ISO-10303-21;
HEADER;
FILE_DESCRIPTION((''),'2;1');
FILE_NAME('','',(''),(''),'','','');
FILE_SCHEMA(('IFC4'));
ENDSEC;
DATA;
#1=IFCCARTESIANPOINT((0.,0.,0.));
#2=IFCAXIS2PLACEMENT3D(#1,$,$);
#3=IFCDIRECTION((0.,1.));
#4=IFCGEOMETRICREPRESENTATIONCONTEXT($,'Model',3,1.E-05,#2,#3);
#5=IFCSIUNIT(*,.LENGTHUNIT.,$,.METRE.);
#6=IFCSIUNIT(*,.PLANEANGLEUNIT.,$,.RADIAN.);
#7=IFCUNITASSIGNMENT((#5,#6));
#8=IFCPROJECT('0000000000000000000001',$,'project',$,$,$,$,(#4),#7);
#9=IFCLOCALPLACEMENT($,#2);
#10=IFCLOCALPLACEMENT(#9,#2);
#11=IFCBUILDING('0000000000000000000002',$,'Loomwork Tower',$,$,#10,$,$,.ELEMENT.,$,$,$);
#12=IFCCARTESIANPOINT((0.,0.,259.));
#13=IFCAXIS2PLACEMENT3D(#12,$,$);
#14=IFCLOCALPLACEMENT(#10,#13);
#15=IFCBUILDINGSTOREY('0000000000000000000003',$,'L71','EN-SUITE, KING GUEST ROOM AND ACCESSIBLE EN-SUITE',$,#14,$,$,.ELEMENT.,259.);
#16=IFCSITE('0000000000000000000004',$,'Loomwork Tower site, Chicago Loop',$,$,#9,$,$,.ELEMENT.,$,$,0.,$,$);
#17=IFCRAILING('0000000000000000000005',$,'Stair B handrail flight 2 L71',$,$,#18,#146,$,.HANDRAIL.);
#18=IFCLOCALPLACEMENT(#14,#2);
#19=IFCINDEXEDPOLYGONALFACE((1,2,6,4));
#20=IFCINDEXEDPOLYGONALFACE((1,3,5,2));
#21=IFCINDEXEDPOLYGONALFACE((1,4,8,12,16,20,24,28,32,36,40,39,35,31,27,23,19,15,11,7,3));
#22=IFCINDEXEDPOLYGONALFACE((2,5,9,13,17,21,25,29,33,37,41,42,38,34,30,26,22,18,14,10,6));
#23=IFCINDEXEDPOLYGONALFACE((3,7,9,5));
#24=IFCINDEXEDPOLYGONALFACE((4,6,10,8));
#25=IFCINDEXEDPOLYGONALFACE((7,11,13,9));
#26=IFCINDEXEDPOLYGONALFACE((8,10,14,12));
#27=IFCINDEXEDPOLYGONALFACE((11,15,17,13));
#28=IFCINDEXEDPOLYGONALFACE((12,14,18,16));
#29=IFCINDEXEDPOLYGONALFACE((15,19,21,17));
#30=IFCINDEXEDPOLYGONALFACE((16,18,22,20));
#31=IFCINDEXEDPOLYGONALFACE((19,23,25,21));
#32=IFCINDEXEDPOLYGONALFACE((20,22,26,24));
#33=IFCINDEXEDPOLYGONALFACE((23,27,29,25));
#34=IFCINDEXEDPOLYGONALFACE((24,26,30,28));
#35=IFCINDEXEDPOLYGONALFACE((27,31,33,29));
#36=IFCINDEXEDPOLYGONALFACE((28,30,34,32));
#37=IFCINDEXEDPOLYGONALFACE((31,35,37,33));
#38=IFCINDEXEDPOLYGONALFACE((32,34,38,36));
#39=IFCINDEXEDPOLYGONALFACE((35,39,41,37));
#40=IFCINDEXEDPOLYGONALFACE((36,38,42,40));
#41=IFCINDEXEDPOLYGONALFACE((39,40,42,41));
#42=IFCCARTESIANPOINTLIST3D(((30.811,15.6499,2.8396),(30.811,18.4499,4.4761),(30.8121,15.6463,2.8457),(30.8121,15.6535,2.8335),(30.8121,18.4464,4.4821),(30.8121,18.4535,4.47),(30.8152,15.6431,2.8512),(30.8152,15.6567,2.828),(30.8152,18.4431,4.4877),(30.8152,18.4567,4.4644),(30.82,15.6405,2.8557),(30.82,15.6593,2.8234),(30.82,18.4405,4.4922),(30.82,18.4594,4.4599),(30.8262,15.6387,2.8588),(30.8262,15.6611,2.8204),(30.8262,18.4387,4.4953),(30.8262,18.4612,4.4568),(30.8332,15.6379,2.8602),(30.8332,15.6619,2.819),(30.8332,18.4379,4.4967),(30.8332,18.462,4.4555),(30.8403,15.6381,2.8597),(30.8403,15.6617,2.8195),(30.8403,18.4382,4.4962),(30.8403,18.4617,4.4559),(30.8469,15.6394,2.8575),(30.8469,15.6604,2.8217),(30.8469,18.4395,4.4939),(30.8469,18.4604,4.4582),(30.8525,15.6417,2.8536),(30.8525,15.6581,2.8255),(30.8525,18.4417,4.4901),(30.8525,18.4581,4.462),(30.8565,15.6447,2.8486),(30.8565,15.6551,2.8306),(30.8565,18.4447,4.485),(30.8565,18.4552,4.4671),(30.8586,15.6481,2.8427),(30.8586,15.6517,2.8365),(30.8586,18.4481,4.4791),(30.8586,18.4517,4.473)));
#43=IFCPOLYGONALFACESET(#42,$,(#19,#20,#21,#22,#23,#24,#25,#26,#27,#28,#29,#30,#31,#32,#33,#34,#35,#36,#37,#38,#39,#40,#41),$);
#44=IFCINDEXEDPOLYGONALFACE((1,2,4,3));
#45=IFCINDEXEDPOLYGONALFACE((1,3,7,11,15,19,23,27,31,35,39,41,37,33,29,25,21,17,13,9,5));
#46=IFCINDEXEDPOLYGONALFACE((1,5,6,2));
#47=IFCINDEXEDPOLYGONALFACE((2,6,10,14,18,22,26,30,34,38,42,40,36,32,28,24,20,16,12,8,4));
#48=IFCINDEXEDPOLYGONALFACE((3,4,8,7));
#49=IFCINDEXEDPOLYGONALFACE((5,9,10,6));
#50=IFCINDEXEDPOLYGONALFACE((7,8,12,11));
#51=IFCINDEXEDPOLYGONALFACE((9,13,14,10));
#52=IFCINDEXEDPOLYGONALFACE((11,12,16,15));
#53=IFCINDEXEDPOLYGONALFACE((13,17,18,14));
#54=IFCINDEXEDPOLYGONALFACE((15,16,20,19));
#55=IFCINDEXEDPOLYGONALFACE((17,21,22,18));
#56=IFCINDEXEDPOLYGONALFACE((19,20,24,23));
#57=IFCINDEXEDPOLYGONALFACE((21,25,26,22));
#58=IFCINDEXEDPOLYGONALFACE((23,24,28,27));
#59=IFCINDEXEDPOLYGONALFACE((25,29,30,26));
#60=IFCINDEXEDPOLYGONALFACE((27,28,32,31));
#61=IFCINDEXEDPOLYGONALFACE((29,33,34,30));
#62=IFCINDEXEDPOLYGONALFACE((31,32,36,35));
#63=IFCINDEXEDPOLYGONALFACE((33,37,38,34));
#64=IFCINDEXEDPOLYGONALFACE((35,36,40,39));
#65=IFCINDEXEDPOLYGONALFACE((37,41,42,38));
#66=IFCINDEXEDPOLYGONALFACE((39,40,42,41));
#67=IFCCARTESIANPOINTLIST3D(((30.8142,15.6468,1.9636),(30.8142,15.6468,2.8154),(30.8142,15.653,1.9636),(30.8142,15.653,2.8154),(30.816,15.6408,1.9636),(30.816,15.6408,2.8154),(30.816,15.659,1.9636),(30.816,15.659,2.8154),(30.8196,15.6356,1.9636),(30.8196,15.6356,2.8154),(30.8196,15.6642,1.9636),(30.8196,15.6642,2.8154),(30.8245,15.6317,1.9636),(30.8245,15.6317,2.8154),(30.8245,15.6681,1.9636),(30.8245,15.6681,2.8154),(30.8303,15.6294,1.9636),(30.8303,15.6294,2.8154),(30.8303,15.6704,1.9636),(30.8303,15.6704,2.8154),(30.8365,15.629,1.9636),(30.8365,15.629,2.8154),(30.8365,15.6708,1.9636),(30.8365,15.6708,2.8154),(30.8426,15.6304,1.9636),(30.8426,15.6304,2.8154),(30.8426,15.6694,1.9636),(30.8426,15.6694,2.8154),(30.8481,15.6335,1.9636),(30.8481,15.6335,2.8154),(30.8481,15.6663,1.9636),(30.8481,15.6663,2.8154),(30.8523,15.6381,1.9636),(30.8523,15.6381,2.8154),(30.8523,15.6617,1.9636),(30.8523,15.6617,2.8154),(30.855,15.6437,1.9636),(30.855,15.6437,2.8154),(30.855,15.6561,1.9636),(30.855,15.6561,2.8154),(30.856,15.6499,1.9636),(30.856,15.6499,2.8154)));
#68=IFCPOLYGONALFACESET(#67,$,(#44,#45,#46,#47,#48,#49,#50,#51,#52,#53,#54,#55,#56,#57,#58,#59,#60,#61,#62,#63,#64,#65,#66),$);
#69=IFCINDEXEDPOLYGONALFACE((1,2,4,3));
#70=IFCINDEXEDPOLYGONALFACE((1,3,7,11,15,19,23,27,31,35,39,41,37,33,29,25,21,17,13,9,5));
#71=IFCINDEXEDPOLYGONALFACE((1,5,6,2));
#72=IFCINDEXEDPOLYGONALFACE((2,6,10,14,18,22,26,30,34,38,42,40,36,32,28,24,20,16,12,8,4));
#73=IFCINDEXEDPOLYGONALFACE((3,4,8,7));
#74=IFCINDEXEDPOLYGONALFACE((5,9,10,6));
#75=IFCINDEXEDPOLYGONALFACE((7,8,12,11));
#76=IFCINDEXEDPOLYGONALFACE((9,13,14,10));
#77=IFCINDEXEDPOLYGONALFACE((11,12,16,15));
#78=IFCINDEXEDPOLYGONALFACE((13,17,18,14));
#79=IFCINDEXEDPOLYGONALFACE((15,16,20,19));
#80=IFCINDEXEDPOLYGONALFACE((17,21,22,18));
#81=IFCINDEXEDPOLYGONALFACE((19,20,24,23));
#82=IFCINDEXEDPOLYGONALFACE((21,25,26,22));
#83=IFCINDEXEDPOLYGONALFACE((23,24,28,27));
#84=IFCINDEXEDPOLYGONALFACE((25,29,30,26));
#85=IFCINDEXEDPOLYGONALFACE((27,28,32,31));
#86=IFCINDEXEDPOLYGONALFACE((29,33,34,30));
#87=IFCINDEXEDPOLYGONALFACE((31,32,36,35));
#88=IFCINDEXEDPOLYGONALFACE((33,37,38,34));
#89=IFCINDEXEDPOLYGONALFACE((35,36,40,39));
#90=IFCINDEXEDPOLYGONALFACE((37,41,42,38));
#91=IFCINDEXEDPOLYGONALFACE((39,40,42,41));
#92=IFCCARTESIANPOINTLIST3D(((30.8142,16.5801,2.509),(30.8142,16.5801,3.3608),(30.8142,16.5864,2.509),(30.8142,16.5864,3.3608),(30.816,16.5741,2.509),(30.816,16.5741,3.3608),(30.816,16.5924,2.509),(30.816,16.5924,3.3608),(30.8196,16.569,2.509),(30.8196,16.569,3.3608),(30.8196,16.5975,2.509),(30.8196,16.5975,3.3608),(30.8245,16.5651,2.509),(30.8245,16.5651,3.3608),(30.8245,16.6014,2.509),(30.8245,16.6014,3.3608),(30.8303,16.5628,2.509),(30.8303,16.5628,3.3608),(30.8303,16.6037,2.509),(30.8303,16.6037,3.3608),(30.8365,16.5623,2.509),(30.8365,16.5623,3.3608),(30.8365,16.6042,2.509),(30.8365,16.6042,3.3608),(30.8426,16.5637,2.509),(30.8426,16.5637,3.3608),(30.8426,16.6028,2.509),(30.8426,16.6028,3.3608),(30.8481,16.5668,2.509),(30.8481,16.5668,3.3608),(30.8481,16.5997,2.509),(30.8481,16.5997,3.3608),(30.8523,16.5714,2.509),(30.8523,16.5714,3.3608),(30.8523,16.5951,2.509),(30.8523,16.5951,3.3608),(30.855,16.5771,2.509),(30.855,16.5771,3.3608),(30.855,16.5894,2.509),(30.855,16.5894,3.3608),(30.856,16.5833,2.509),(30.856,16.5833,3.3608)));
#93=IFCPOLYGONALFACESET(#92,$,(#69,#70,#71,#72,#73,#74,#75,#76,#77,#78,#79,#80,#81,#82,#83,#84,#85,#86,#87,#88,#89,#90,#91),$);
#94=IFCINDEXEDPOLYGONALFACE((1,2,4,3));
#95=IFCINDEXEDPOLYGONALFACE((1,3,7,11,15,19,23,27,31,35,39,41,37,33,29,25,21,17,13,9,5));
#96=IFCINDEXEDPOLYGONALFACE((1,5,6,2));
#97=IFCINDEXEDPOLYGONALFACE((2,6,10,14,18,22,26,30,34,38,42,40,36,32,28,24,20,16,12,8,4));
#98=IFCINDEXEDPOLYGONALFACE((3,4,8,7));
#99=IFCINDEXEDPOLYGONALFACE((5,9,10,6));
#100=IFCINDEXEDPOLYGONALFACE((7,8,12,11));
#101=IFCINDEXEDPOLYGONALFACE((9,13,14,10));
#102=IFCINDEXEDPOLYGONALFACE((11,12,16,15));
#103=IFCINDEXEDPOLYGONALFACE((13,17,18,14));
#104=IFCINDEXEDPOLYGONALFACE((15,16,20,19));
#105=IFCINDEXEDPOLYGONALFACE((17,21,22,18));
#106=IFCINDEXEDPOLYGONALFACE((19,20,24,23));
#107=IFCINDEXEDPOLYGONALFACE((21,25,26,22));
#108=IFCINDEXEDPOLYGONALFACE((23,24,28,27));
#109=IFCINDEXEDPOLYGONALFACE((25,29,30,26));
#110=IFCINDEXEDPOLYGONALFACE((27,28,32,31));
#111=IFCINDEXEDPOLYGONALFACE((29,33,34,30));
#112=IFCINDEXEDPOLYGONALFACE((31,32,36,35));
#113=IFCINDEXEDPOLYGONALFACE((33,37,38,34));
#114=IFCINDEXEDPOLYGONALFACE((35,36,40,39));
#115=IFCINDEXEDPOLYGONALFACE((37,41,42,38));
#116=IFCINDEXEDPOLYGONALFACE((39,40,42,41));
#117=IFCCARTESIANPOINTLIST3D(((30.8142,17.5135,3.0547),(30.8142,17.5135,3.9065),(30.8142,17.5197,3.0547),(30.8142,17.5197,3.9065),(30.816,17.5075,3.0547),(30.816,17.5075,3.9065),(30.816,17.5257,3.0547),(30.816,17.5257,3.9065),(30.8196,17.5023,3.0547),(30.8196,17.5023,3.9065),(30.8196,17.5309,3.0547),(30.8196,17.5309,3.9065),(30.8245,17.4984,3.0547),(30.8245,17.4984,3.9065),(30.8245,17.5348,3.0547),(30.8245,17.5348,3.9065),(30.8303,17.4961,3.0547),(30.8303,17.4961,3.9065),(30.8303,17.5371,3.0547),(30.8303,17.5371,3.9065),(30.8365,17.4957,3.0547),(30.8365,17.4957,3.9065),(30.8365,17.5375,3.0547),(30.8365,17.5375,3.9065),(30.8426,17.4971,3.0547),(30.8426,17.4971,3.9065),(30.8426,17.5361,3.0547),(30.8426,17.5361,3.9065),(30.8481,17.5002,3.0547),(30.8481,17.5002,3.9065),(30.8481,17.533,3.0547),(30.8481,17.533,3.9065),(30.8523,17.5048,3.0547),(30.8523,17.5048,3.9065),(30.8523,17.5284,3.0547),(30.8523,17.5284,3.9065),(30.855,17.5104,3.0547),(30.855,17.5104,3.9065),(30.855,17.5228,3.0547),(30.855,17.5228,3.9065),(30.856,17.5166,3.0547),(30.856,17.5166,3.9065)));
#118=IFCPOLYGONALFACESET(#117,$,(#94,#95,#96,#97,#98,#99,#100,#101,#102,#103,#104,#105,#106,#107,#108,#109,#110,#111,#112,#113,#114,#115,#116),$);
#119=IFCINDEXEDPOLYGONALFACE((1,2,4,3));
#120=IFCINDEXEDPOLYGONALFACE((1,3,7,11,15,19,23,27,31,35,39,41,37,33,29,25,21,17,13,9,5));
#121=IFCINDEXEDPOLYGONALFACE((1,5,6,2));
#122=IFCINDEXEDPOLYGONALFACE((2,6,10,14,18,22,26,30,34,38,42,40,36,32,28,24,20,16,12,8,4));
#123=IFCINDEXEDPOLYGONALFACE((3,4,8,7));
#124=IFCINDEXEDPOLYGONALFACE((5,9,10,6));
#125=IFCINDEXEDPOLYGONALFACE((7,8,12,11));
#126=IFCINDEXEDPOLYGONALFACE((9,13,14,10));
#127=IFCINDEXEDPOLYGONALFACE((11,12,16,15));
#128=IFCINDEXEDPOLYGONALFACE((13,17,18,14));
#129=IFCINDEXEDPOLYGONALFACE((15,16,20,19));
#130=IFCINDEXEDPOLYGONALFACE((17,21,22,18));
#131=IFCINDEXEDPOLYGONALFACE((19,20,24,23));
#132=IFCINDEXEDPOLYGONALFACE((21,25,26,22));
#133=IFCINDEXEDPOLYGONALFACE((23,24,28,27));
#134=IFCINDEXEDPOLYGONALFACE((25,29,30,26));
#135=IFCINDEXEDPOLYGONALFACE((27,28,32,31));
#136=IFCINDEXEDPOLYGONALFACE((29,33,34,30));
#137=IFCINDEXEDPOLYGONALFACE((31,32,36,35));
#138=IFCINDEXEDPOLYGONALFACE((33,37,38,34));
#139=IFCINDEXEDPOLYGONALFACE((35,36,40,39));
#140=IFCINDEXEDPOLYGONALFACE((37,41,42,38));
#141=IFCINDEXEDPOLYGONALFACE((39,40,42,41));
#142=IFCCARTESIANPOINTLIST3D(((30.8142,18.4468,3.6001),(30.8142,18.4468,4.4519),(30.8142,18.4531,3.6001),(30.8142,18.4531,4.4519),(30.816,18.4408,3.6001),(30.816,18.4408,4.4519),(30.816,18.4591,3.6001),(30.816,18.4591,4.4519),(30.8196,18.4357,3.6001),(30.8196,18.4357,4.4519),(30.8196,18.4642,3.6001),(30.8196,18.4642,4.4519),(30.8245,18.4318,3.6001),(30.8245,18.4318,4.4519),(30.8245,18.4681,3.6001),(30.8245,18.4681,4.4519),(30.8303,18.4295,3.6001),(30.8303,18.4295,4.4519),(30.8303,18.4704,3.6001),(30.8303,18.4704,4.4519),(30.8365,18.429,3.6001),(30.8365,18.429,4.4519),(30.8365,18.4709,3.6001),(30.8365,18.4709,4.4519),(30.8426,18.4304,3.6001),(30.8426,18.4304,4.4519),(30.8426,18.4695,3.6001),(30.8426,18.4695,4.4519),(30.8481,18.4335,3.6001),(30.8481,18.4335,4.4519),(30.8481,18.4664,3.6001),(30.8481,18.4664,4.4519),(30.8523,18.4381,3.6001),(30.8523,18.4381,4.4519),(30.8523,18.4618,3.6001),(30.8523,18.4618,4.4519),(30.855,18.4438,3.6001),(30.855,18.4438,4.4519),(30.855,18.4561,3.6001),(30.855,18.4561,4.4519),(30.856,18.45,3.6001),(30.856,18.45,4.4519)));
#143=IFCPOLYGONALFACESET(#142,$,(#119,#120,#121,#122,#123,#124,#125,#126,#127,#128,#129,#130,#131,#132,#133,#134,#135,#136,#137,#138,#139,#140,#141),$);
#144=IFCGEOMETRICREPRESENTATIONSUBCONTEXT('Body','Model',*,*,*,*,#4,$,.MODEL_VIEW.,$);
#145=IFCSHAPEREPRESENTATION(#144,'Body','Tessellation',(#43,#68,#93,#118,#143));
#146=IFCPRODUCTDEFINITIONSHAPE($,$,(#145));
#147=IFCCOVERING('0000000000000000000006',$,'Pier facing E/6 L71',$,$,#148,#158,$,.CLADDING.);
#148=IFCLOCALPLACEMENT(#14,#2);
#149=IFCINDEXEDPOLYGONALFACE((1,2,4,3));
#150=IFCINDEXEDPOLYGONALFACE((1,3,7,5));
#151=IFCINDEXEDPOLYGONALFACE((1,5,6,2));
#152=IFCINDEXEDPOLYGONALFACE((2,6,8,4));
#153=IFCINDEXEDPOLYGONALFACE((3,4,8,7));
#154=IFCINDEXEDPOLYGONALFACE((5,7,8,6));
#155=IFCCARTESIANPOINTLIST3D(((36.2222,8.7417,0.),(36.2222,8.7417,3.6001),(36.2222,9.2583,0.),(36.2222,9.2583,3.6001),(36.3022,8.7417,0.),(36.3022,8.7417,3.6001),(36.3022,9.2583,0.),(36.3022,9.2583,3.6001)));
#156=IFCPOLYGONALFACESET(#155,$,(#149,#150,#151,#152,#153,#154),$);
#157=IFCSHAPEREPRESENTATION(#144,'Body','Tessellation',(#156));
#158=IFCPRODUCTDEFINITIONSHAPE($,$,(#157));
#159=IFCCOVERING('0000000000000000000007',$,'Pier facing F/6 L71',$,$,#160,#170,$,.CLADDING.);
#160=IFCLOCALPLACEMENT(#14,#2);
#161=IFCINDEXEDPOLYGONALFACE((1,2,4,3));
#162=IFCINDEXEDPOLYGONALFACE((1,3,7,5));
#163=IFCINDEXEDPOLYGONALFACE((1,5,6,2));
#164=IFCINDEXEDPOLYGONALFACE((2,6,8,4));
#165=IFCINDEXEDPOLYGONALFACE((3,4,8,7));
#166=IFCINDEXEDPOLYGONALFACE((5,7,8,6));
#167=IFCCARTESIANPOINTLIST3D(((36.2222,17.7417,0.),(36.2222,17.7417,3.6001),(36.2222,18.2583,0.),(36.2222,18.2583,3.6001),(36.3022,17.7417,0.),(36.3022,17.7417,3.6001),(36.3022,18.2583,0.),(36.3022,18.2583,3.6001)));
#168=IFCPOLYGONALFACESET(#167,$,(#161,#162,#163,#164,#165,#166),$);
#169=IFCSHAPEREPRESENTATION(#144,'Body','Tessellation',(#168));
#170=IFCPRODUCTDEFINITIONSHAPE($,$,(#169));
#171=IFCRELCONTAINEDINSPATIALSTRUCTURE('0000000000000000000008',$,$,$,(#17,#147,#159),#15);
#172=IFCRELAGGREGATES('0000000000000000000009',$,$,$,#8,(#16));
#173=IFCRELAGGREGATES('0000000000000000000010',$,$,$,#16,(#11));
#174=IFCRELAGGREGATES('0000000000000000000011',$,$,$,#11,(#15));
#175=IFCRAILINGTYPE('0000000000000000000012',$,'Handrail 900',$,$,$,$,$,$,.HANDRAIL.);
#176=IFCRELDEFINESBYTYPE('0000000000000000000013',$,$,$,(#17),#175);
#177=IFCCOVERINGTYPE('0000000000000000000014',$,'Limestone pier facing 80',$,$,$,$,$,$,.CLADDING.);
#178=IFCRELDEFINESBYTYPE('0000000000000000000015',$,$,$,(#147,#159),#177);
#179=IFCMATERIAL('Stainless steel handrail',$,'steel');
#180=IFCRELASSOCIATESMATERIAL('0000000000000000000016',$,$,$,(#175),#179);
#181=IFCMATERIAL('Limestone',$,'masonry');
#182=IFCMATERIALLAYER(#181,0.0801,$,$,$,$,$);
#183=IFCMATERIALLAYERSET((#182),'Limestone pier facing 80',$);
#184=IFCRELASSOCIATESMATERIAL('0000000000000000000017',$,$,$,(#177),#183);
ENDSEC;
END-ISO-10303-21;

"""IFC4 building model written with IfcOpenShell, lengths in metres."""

from ifc_helpers import new_model, si_unit, direction, frame, origin, origin_2d, place, context, subcontext, project, spatial, rectangle, circle, extrude, material, layer, layer_set, type_object, element, save


model = new_model("IFC4")

# Units and contexts
model_context = context("Model", 3, precision=1e-05, world=origin(), true_north=direction((0.0, 1.0)))
body_context = subcontext(model_context, "Body", "Model", "MODEL_VIEW")
ifc_project = project(units=[si_unit("LENGTHUNIT", "METRE"), si_unit("PLANEANGLEUNIT", "RADIAN")], contexts=[model_context])

# Site, building, storey
site_placement = place(None, origin())
site = spatial("IfcSite", under=ifc_project, at=site_placement, Name="Loomwork Tower site, Chicago Loop", CompositionType="ELEMENT", RefElevation=0.0)
building_placement = place(site_placement, origin())
building = spatial("IfcBuilding", under=site, at=building_placement, Name="Loomwork Tower", CompositionType="ELEMENT")
storey_placement = place(building_placement, frame((0.0, 0.0, 259.0)))
storey = spatial("IfcBuildingStorey", under=building, at=storey_placement, Name="L71", Description="EN-SUITE, KING GUEST ROOM AND ACCESSIBLE EN-SUITE", CompositionType="ELEMENT", Elevation=259.0)

# Railing
ifc_material_1 = material(Name="Stainless steel handrail", Category="steel")
railing_type = type_object("IfcRailingType", Name="Handrail 900", PredefinedType="HANDRAIL", material=ifc_material_1)
railing_placement = place(storey_placement, frame((30.835, 15.6499, 1.9636)))
element("IfcRailing", 1, at=railing_placement, inside=storey, type_object=railing_type, Name="Stair B handrail flight 2 L71", PredefinedType="HANDRAIL", context=body_context, shape_type="SweptSolid", body=[
    extrude(circle(Radius=0.0239, at=origin_2d()), frame((0.0, 0.0, 0.876), z_axis=(0.0, 0.863361, 0.504587), x_axis=(-1.0, 0.0, 0.0)), (0.0, 0.0, 1.0), 3.2432),
    extrude(circle(Radius=0.021, at=origin_2d()), origin(), (0.0, 0.0, 1.0), 0.8518),
    extrude(circle(Radius=0.021, at=origin_2d()), frame((0.0, 0.9333, 0.5454)), (0.0, 0.0, 1.0), 0.8518),
    extrude(circle(Radius=0.021, at=origin_2d()), frame((0.0, 1.8667, 1.0911)), (0.0, 0.0, 1.0), 0.8518),
    extrude(circle(Radius=0.021, at=origin_2d()), frame((0.0, 2.8, 1.6365)), (0.0, 0.0, 1.0), 0.8518),
])

# Coverings
ifc_material_2 = material(Name="Limestone", Category="masonry")
ifc_layer_1 = layer(ifc_material_2, 0.0801)
ifc_layer_set_1 = layer_set([ifc_layer_1], Name="Limestone pier facing 80")
covering_type = type_object("IfcCoveringType", Name="Limestone pier facing 80", PredefinedType="CLADDING", material=ifc_layer_set_1)
for number, where, z_axis, x_axis, name in (
    (2, (36.2622, 9.0, 0.0), (0.0, 0.0, 1.0), (1.0, 0.0, 0.0), "Pier facing E/6 L71"),
    (3, (36.2622, 18.0, 0.0), (0.0, 0.0, 1.0), (1.0, 0.0, 0.0), "Pier facing F/6 L71"),
):
    element("IfcCovering", number, at=place(storey_placement, frame(where, z_axis=z_axis, x_axis=x_axis)), inside=storey, type_object=covering_type, Name=name, PredefinedType="CLADDING", context=body_context, shape_type="SweptSolid", body=[
        extrude(rectangle(XDim=0.0801, YDim=0.5166, at=origin_2d()), origin(), (0.0, 0.0, 1.0), 3.6001),
    ])

save(model, "model.ifc")
